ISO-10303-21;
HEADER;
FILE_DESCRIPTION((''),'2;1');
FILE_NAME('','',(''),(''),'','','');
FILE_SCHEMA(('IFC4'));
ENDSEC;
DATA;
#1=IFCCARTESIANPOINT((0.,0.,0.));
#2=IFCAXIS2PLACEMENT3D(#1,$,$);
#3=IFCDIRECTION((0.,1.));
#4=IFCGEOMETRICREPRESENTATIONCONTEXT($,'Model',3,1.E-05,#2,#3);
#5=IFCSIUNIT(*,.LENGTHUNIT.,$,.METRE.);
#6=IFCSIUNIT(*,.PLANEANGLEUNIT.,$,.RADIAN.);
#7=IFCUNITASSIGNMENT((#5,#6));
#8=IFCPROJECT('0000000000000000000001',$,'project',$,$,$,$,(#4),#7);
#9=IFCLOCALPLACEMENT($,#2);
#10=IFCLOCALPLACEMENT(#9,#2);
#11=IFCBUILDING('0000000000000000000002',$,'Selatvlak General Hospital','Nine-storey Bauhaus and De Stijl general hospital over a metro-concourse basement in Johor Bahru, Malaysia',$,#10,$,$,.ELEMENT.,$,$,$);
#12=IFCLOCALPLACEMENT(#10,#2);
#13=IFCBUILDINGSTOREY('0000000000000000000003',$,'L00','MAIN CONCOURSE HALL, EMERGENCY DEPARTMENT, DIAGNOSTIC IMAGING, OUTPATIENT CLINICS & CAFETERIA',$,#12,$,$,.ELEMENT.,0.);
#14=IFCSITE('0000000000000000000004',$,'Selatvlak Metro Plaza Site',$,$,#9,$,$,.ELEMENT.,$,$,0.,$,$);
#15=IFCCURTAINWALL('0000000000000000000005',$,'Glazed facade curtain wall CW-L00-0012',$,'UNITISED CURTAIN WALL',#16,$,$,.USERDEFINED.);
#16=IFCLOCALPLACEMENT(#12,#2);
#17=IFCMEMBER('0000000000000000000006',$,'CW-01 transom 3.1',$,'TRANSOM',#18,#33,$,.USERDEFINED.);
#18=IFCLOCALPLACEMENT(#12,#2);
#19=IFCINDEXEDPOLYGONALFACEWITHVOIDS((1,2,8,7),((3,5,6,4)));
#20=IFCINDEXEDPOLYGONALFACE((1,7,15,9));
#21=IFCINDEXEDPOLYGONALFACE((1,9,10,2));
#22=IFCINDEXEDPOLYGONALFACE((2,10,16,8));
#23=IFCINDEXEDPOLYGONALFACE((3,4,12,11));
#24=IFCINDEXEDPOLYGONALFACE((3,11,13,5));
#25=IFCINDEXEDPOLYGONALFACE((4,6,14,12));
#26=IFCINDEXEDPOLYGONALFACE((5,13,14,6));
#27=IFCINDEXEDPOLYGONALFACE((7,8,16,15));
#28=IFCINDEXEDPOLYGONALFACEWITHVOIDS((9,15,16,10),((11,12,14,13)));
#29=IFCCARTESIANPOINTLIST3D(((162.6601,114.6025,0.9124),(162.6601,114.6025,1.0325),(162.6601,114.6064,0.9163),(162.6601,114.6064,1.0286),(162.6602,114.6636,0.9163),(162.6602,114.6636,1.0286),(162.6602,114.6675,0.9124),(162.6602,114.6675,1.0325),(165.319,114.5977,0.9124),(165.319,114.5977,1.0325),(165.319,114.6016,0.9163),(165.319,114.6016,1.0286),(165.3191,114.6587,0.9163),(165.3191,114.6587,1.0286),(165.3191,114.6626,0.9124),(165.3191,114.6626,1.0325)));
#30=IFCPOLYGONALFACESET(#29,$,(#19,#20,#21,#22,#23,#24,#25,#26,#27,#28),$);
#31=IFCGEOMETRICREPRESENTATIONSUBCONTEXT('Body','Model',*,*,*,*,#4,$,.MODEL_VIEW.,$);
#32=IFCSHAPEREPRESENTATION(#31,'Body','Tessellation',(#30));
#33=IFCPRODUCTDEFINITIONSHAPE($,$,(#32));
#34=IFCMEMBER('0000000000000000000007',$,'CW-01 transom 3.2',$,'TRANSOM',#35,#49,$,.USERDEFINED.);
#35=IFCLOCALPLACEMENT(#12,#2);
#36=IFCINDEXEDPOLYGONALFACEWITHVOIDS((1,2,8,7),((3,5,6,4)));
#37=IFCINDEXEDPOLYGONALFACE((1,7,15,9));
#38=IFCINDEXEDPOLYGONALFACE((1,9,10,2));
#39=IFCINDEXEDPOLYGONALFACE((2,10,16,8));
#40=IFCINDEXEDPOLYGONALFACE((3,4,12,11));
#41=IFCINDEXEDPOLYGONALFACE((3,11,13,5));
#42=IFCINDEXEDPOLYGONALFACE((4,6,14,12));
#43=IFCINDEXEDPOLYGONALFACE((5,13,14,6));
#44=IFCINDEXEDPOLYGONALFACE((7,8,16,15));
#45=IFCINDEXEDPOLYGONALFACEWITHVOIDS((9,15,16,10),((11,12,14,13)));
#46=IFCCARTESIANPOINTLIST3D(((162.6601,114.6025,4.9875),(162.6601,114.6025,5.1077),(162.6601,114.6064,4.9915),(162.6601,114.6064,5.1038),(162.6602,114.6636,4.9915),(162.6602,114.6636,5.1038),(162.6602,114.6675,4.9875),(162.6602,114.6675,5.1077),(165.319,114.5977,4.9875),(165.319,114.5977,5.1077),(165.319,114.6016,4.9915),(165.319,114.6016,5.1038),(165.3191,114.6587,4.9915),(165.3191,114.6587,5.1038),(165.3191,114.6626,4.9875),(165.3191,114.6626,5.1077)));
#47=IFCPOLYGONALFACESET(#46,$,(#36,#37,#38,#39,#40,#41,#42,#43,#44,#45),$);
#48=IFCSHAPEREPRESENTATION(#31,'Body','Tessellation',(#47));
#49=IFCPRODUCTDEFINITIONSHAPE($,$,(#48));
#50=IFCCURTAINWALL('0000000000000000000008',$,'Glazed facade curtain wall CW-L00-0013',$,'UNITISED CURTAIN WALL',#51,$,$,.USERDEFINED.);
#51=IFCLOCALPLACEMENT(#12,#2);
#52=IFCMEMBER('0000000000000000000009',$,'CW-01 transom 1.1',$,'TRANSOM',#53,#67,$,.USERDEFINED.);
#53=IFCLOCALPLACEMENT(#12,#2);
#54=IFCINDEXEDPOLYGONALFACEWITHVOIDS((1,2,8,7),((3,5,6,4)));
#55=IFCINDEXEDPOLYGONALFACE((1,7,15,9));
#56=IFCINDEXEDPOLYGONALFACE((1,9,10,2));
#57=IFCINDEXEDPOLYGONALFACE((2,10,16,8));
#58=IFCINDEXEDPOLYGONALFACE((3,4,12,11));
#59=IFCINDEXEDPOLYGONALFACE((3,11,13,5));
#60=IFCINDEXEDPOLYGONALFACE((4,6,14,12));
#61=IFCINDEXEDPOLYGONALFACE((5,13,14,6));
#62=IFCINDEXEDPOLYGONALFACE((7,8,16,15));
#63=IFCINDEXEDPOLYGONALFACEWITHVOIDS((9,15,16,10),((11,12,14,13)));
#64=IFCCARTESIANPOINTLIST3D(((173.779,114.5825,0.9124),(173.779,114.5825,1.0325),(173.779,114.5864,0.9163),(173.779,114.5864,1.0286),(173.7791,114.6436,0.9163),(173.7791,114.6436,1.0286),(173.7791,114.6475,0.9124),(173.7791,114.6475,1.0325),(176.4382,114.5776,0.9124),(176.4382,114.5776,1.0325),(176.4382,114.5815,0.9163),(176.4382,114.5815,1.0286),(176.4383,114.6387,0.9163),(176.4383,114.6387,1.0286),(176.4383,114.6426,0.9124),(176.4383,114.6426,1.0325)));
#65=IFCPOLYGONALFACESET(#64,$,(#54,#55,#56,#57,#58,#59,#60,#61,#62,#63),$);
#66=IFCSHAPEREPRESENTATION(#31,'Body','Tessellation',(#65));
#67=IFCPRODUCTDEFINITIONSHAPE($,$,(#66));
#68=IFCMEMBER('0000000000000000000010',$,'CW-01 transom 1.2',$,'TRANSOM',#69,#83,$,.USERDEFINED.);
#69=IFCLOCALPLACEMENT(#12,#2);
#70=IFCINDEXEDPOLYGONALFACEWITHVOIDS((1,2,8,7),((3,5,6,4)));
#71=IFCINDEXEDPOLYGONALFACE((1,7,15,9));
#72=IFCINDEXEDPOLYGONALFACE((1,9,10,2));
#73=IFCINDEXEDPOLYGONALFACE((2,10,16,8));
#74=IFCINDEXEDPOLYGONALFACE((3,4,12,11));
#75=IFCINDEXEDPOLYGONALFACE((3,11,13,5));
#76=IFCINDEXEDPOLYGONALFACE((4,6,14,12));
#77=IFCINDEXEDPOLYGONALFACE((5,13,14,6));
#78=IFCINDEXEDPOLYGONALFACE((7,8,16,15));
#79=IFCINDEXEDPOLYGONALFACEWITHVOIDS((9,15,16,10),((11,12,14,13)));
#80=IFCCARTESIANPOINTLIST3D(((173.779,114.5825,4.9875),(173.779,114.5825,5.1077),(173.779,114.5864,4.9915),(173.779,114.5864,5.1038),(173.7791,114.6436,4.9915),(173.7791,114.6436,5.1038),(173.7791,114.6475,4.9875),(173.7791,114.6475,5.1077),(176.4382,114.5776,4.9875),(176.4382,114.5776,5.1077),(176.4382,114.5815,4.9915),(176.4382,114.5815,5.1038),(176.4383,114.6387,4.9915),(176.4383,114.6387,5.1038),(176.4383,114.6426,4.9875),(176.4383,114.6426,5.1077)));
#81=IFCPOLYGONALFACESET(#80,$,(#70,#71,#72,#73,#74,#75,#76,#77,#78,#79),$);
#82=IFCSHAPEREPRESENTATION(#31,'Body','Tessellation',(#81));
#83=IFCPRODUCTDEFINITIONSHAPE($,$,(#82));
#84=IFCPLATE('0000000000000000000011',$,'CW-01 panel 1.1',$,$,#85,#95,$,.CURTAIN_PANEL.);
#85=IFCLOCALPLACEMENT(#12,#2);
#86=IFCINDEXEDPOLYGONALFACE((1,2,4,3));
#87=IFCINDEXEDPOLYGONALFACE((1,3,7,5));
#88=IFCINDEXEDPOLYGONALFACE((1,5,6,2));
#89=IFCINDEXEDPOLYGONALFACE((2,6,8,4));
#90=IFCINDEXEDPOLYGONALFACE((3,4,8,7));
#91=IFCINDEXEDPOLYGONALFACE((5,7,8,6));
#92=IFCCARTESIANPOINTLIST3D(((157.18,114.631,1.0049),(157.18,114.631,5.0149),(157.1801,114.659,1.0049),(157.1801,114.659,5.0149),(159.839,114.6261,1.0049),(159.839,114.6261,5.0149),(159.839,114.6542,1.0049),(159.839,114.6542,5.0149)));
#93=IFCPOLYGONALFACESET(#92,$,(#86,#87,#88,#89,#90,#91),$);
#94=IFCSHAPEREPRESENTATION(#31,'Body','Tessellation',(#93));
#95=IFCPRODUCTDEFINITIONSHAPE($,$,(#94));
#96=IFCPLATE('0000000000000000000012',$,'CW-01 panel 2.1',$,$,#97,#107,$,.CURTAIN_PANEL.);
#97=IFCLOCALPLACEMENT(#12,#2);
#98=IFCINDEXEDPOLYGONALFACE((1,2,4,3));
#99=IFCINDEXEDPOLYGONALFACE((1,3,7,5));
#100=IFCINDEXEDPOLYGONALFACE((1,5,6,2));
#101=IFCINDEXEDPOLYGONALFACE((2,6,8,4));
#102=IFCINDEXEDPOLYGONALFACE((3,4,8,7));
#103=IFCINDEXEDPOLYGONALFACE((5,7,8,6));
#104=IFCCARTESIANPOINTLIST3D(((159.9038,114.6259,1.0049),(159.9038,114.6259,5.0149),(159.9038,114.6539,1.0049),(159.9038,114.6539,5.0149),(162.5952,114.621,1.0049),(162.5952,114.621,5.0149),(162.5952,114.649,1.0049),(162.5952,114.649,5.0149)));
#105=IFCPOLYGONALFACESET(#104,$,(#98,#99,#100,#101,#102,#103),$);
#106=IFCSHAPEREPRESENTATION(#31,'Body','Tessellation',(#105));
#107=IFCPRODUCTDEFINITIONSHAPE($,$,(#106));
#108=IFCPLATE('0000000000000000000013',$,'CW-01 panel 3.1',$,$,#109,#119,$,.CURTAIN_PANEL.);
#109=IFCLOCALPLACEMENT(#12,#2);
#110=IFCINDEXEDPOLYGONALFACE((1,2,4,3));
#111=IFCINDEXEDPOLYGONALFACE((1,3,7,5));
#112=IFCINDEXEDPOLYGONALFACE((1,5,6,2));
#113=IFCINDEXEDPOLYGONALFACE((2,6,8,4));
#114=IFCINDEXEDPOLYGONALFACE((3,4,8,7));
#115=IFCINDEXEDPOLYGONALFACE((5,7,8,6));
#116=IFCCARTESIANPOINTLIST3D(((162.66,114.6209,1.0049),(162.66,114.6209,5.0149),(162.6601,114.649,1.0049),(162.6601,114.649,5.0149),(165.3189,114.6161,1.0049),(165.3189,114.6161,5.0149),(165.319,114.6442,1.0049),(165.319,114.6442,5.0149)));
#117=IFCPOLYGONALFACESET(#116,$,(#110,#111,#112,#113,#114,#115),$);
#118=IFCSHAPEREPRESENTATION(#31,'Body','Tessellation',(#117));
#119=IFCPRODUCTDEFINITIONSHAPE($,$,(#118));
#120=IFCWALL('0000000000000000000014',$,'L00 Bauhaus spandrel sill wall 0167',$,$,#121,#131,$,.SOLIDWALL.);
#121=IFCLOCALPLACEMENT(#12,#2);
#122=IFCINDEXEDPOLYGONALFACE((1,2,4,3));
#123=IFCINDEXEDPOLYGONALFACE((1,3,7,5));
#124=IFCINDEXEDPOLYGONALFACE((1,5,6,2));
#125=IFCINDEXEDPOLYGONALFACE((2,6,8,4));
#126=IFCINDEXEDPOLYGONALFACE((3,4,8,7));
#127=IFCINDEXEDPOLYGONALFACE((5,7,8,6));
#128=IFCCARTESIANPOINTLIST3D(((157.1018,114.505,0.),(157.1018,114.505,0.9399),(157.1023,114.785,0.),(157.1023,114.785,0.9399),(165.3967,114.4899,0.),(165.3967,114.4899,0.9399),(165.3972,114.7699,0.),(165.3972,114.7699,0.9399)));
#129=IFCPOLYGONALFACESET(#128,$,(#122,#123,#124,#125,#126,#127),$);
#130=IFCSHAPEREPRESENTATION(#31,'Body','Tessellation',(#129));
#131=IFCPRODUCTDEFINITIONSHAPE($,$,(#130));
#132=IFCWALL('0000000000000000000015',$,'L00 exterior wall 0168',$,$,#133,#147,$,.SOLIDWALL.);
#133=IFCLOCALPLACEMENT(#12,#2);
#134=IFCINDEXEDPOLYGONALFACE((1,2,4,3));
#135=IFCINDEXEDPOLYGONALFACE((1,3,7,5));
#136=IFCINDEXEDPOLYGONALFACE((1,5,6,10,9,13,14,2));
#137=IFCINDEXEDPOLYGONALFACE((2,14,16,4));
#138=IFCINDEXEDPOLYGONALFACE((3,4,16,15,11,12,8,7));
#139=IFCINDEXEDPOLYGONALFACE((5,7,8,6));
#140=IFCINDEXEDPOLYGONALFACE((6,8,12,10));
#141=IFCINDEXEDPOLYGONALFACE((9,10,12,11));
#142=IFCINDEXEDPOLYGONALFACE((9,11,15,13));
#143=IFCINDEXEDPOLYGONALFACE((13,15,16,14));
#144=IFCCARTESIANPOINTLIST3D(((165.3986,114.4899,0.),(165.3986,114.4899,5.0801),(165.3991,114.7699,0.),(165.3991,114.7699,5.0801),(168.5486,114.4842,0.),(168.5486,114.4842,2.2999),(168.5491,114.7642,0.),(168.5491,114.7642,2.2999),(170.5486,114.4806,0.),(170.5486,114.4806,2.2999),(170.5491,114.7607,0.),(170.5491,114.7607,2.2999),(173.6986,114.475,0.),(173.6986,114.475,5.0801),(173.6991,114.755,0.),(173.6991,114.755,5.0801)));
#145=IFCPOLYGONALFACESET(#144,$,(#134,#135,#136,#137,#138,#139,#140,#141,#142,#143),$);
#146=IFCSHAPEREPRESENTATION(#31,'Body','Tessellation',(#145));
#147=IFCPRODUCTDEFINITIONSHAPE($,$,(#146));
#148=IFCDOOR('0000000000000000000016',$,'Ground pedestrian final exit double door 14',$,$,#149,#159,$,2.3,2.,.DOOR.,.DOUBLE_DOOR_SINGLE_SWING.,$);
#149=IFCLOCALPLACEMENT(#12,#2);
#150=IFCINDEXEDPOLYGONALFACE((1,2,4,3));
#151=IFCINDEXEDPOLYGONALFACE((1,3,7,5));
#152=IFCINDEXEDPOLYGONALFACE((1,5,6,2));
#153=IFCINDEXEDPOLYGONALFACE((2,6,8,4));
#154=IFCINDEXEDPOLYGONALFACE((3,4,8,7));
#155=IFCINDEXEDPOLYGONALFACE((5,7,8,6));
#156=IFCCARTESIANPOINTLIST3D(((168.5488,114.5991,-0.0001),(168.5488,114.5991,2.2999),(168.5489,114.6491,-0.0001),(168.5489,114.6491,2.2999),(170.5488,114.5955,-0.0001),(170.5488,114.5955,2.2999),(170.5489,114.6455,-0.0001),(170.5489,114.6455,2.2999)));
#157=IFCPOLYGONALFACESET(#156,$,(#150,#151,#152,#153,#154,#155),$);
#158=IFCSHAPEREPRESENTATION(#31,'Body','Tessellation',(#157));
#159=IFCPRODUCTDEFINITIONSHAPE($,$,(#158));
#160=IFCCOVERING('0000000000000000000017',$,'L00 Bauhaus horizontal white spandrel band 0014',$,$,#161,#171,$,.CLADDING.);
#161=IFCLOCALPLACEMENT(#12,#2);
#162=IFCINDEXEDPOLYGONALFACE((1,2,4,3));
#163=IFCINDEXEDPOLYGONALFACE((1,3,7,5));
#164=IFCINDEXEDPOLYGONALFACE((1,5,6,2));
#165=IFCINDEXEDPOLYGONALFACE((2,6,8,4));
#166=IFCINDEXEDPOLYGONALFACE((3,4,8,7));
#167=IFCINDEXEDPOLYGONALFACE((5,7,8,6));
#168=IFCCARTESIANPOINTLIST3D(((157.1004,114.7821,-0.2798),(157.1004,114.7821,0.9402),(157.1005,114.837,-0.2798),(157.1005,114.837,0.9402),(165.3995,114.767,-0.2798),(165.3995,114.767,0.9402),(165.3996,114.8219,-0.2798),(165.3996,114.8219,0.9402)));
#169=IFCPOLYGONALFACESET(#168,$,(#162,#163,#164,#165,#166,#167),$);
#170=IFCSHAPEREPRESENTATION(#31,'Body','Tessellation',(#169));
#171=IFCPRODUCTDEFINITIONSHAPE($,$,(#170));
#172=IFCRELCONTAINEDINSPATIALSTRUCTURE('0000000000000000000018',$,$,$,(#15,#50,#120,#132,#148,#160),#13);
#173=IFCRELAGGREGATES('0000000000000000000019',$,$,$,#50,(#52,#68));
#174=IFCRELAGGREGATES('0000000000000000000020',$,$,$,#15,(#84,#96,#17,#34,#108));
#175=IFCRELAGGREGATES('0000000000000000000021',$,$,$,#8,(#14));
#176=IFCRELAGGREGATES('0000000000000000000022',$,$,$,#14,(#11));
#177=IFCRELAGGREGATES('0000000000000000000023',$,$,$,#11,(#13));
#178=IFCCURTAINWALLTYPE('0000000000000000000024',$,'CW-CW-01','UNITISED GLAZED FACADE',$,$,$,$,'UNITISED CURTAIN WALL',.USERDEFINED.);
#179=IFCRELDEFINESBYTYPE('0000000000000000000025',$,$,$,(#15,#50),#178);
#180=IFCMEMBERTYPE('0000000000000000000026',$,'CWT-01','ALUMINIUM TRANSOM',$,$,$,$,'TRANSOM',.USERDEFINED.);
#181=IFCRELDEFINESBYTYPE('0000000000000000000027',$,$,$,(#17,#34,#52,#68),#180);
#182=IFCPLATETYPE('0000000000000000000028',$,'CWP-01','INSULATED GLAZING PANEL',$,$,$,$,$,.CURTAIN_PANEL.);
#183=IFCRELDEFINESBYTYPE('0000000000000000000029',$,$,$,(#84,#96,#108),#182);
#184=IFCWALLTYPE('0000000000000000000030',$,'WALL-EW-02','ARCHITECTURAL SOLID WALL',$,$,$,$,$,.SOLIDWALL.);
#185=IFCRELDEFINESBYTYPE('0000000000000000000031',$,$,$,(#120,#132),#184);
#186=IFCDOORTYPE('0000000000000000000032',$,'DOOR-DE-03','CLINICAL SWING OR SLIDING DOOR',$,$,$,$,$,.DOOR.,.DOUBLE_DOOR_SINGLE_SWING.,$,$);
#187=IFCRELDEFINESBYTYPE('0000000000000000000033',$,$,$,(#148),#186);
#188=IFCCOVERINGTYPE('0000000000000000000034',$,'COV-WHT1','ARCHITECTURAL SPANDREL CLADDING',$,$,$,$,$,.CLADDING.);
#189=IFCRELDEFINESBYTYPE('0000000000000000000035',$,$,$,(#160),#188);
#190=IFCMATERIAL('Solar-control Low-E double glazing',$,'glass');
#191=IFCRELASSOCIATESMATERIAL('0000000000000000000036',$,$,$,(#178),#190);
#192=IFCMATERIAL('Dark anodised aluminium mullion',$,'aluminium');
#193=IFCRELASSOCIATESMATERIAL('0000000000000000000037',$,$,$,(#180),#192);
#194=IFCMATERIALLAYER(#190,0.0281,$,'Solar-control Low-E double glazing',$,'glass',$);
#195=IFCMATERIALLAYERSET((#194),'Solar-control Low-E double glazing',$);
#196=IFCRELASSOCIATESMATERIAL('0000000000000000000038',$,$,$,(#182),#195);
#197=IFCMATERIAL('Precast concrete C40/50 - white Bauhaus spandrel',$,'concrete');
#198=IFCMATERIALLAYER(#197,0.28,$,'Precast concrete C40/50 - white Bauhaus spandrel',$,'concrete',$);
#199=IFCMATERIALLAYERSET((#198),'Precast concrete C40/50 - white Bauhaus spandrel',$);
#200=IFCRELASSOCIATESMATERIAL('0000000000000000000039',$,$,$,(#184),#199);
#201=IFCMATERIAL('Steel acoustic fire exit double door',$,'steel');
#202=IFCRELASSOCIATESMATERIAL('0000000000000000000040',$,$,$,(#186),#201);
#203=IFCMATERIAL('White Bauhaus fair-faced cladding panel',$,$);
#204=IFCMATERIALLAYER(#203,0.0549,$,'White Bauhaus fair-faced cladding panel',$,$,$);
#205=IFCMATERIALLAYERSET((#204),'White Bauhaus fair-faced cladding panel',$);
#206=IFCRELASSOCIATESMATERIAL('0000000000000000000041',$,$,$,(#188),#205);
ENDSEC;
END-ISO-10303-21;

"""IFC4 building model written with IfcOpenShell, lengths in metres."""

from ifc_helpers import new_model, si_unit, direction, frame, frame_2d, origin, origin_2d, place, context, subcontext, project, spatial, rectangle, hollow_rectangle, extrude, material, layer, layer_set, material_profile, profile_set, type_object, element, fill, aggregate, save


model = new_model("IFC4")

# Units and contexts
model_context = context("Model", 3, precision=1e-05, world=origin(), true_north=direction((0.0, 1.0)))
body_context = subcontext(model_context, "Body", "Model", "MODEL_VIEW")
ifc_project = project(units=[si_unit("LENGTHUNIT", "METRE"), si_unit("PLANEANGLEUNIT", "RADIAN")], contexts=[model_context])

# Site, building, storey
site_placement = place(None, origin())
site = spatial("IfcSite", under=ifc_project, at=site_placement, Name="Selatvlak Metro Plaza Site", CompositionType="ELEMENT", RefElevation=0.0)
building_placement = place(site_placement, origin())
building = spatial("IfcBuilding", under=site, at=building_placement, Name="Selatvlak General Hospital", Description="Nine-storey Bauhaus and De Stijl general hospital over a metro-concourse basement in Johor Bahru, Malaysia", CompositionType="ELEMENT")
storey_placement = place(building_placement, origin())
storey = spatial("IfcBuildingStorey", under=building, at=storey_placement, Name="L00", Description="MAIN CONCOURSE HALL, EMERGENCY DEPARTMENT, DIAGNOSTIC IMAGING, OUTPATIENT CLINICS & CAFETERIA", CompositionType="ELEMENT", Elevation=0.0)

# Curtain walls, members
ifc_material_1 = material(Name="Solar-control Low-E double glazing", Category="glass")
curtain_wall_type = type_object("IfcCurtainWallType", Name="CW-CW-01", Description="UNITISED GLAZED FACADE", ElementType="UNITISED CURTAIN WALL", PredefinedType="USERDEFINED", material=ifc_material_1)
curtain_wall_1_placement = place(storey_placement, origin())
curtain_wall_1 = element("IfcCurtainWall", 1, at=curtain_wall_1_placement, inside=storey, type_object=curtain_wall_type, Name="Glazed facade curtain wall CW-L00-0012", ObjectType="UNITISED CURTAIN WALL", PredefinedType="USERDEFINED")
ifc_material_2 = material(Name="Dark anodised aluminium mullion", Category="aluminium")
ifc_material_profile_1 = material_profile(ifc_material_2, hollow_rectangle(XDim=0.0649, YDim=0.1201, WallThickness=0.0039, at=origin_2d()), Name="AL-TRN 65x120x4")
ifc_profile_set_1 = profile_set([ifc_material_profile_1], Name="Dark anodised aluminium mullion")
member_type_1 = type_object("IfcMemberType", Name="CWT-01", Description="ALUMINIUM TRANSOM", ElementType="TRANSOM", PredefinedType="USERDEFINED", material=ifc_profile_set_1)
member_1_placement = place(storey_placement, frame((162.6602, 114.635, 0.9724), z_axis=(0.999998, -0.001836, 0.0), x_axis=(0.001836, 0.999998, 0.0)))
member_1 = element("IfcMember", 2, at=member_1_placement, type_object=member_type_1, Name="CW-01 transom 3.1", ObjectType="TRANSOM", PredefinedType="USERDEFINED", context=body_context, shape_type="SweptSolid", body=[
    extrude(hollow_rectangle(XDim=0.0649, YDim=0.1201, WallThickness=0.0039, at=origin_2d()), origin(), (0.0, 0.0, 1.0), 2.6589),
])
member_2_placement = place(storey_placement, frame((162.6602, 114.635, 5.0476), z_axis=(0.999998, -0.001836, 0.0), x_axis=(0.001836, 0.999998, 0.0)))
member_2 = element("IfcMember", 3, at=member_2_placement, type_object=member_type_1, Name="CW-01 transom 3.2", ObjectType="TRANSOM", PredefinedType="USERDEFINED", context=body_context, shape_type="SweptSolid", body=[
    extrude(hollow_rectangle(XDim=0.0649, YDim=0.1201, WallThickness=0.0039, at=origin_2d()), origin(), (0.0, 0.0, 1.0), 2.6589),
])
curtain_wall_2_placement = place(storey_placement, origin())
curtain_wall_2 = element("IfcCurtainWall", 4, at=curtain_wall_2_placement, inside=storey, type_object=curtain_wall_type, Name="Glazed facade curtain wall CW-L00-0013", ObjectType="UNITISED CURTAIN WALL", PredefinedType="USERDEFINED")
member_3_placement = place(storey_placement, frame((173.7791, 114.615, 0.9724), z_axis=(0.999998, -0.001836, 0.0), x_axis=(0.001836, 0.999998, 0.0)))
member_3 = element("IfcMember", 5, at=member_3_placement, type_object=member_type_1, Name="CW-01 transom 1.1", ObjectType="TRANSOM", PredefinedType="USERDEFINED", context=body_context, shape_type="SweptSolid", body=[
    extrude(hollow_rectangle(XDim=0.0649, YDim=0.1201, WallThickness=0.0039, at=origin_2d()), origin(), (0.0, 0.0, 1.0), 2.6592),
])
member_4_placement = place(storey_placement, frame((173.7791, 114.615, 5.0476), z_axis=(0.999998, -0.001836, 0.0), x_axis=(0.001836, 0.999998, 0.0)))
member_4 = element("IfcMember", 6, at=member_4_placement, type_object=member_type_1, Name="CW-01 transom 1.2", ObjectType="TRANSOM", PredefinedType="USERDEFINED", context=body_context, shape_type="SweptSolid", body=[
    extrude(hollow_rectangle(XDim=0.0649, YDim=0.1201, WallThickness=0.0039, at=origin_2d()), origin(), (0.0, 0.0, 1.0), 2.6592),
])
aggregate(curtain_wall_2, [member_3, member_4])

# Plates
ifc_layer_1 = layer(ifc_material_1, 0.0281, Name="Solar-control Low-E double glazing", Category="glass")
ifc_layer_set_1 = layer_set([ifc_layer_1], Name="Solar-control Low-E double glazing")
plate_type = type_object("IfcPlateType", Name="CWP-01", Description="INSULATED GLAZING PANEL", PredefinedType="CURTAIN_PANEL", material=ifc_layer_set_1)
plate_1_placement = place(storey_placement, frame((158.5095, 114.6426, 1.0049), z_axis=(0.0, 0.0, 1.0), x_axis=(0.999998, -0.001814, 0.0)))
plate_1 = element("IfcPlate", 7, at=plate_1_placement, type_object=plate_type, Name="CW-01 panel 1.1", PredefinedType="CURTAIN_PANEL", context=body_context, shape_type="SweptSolid", body=[
    extrude(rectangle(XDim=2.6589, YDim=0.0281, at=origin_2d()), origin(), (0.0, 0.0, 1.0), 4.01),
])
plate_2_placement = place(storey_placement, frame((161.2495, 114.6375, 1.0049), z_axis=(0.0, 0.0, 1.0), x_axis=(0.999998, -0.001814, 0.0)))
plate_2 = element("IfcPlate", 8, at=plate_2_placement, type_object=plate_type, Name="CW-01 panel 2.1", PredefinedType="CURTAIN_PANEL", context=body_context, shape_type="SweptSolid", body=[
    extrude(rectangle(XDim=2.6914, YDim=0.0281, at=origin_2d()), origin(), (0.0, 0.0, 1.0), 4.01),
])
plate_3_placement = place(storey_placement, frame((163.9895, 114.6326, 1.0049), z_axis=(0.0, 0.0, 1.0), x_axis=(0.999998, -0.001814, 0.0)))
plate_3 = element("IfcPlate", 9, at=plate_3_placement, type_object=plate_type, Name="CW-01 panel 3.1", PredefinedType="CURTAIN_PANEL", context=body_context, shape_type="SweptSolid", body=[
    extrude(rectangle(XDim=2.6589, YDim=0.0281, at=origin_2d()), origin(), (0.0, 0.0, 1.0), 4.01),
])
aggregate(curtain_wall_1, [plate_1, plate_2, member_1, member_2, plate_3])

# Wall
ifc_material_3 = material(Name="Precast concrete C40/50 - white Bauhaus spandrel", Category="concrete")
ifc_layer_2 = layer(ifc_material_3, 0.28, Name="Precast concrete C40/50 - white Bauhaus spandrel", Category="concrete")
ifc_layer_set_2 = layer_set([ifc_layer_2], Name="Precast concrete C40/50 - white Bauhaus spandrel")
wall_type = type_object("IfcWallType", Name="WALL-EW-02", Description="ARCHITECTURAL SOLID WALL", PredefinedType="SOLIDWALL", material=ifc_layer_set_2)
wall_1_placement = place(storey_placement, frame((157.1021, 114.645, 0.0), z_axis=(0.0, 0.0, 1.0), x_axis=(0.999998, -0.001825, 0.0)))
element("IfcWall", 10, at=wall_1_placement, inside=storey, type_object=wall_type, Name="L00 Bauhaus spandrel sill wall 0167", PredefinedType="SOLIDWALL", context=body_context, shape_type="SweptSolid", body=[
    extrude(rectangle(XDim=8.2949, YDim=0.28, at=frame_2d((4.1475, 0.0))), origin(), (0.0, 0.0, 1.0), 0.9399),
])

# Wall, opening, door
wall_2_placement = place(storey_placement, frame((165.3989, 114.6299, 0.0), z_axis=(0.0, 0.0, 1.0), x_axis=(0.999998, -0.001794, 0.0)))
wall_2 = element("IfcWall", 11, at=wall_2_placement, inside=storey, type_object=wall_type, Name="L00 exterior wall 0168", PredefinedType="SOLIDWALL", context=body_context, shape_type="SweptSolid", body=[
    extrude(rectangle(XDim=8.3, YDim=0.28, at=frame_2d((4.1499, 0.0))), origin(), (0.0, 0.0, 1.0), 5.0801),
])
opening_placement = place(wall_2_placement, frame((3.1499, 0.0, 0.0)))
opening = element("IfcOpeningElement", 12, at=opening_placement, cuts=wall_2, PredefinedType="OPENING", context=body_context, shape_type="SweptSolid", body=[
    extrude(rectangle(XDim=2.0, YDim=2.3, at=frame_2d((1.0, 1.1499))), frame((0.0, 0.1499, 0.0), z_axis=(0.0, -1.0, 0.0), x_axis=(1.0, 0.0, 0.0)), (0.0, 0.0, 1.0), 0.3),
])
ifc_material_4 = material(Name="Steel acoustic fire exit double door", Category="steel")
door_type = type_object("IfcDoorType", Name="DOOR-DE-03", Description="CLINICAL SWING OR SLIDING DOOR", OperationType="DOUBLE_DOOR_SINGLE_SWING", PredefinedType="DOOR", material=ifc_material_4)
door_placement = place(opening_placement, origin())
door = element("IfcDoor", 13, at=door_placement, inside=storey, type_object=door_type, Name="Ground pedestrian final exit double door 14", OperationType="DOUBLE_DOOR_SINGLE_SWING", OverallHeight=2.3, OverallWidth=2.0, PredefinedType="DOOR", context=body_context, shape_type="SweptSolid", body=[
    extrude(rectangle(XDim=2.0, YDim=2.3, at=frame_2d((1.0, 1.1499))), frame((0.0, 0.0249, 0.0), z_axis=(0.0, -1.0, 0.0), x_axis=(1.0, 0.0, 0.0)), (0.0, 0.0, 1.0), 0.05),
])
fill(opening, door)

# Covering
ifc_material_5 = material(Name="White Bauhaus fair-faced cladding panel")
ifc_layer_3 = layer(ifc_material_5, 0.0549, Name="White Bauhaus fair-faced cladding panel")
ifc_layer_set_3 = layer_set([ifc_layer_3], Name="White Bauhaus fair-faced cladding panel")
covering_type = type_object("IfcCoveringType", Name="COV-WHT1", Description="ARCHITECTURAL SPANDREL CLADDING", PredefinedType="CLADDING", material=ifc_layer_set_3)
covering_placement = place(storey_placement, frame((161.25, 114.802, -0.2798), z_axis=(0.0, 0.0, 1.0), x_axis=(0.999998, -0.001815, 0.0)))
element("IfcCovering", 14, at=covering_placement, inside=storey, type_object=covering_type, Name="L00 Bauhaus horizontal white spandrel band 0014", PredefinedType="CLADDING", context=body_context, shape_type="SweptSolid", body=[
    extrude(rectangle(XDim=8.2991, YDim=0.0549, at=origin_2d()), origin(), (0.0, 0.0, 1.0), 1.22),
])

save(model, "model.ifc")
